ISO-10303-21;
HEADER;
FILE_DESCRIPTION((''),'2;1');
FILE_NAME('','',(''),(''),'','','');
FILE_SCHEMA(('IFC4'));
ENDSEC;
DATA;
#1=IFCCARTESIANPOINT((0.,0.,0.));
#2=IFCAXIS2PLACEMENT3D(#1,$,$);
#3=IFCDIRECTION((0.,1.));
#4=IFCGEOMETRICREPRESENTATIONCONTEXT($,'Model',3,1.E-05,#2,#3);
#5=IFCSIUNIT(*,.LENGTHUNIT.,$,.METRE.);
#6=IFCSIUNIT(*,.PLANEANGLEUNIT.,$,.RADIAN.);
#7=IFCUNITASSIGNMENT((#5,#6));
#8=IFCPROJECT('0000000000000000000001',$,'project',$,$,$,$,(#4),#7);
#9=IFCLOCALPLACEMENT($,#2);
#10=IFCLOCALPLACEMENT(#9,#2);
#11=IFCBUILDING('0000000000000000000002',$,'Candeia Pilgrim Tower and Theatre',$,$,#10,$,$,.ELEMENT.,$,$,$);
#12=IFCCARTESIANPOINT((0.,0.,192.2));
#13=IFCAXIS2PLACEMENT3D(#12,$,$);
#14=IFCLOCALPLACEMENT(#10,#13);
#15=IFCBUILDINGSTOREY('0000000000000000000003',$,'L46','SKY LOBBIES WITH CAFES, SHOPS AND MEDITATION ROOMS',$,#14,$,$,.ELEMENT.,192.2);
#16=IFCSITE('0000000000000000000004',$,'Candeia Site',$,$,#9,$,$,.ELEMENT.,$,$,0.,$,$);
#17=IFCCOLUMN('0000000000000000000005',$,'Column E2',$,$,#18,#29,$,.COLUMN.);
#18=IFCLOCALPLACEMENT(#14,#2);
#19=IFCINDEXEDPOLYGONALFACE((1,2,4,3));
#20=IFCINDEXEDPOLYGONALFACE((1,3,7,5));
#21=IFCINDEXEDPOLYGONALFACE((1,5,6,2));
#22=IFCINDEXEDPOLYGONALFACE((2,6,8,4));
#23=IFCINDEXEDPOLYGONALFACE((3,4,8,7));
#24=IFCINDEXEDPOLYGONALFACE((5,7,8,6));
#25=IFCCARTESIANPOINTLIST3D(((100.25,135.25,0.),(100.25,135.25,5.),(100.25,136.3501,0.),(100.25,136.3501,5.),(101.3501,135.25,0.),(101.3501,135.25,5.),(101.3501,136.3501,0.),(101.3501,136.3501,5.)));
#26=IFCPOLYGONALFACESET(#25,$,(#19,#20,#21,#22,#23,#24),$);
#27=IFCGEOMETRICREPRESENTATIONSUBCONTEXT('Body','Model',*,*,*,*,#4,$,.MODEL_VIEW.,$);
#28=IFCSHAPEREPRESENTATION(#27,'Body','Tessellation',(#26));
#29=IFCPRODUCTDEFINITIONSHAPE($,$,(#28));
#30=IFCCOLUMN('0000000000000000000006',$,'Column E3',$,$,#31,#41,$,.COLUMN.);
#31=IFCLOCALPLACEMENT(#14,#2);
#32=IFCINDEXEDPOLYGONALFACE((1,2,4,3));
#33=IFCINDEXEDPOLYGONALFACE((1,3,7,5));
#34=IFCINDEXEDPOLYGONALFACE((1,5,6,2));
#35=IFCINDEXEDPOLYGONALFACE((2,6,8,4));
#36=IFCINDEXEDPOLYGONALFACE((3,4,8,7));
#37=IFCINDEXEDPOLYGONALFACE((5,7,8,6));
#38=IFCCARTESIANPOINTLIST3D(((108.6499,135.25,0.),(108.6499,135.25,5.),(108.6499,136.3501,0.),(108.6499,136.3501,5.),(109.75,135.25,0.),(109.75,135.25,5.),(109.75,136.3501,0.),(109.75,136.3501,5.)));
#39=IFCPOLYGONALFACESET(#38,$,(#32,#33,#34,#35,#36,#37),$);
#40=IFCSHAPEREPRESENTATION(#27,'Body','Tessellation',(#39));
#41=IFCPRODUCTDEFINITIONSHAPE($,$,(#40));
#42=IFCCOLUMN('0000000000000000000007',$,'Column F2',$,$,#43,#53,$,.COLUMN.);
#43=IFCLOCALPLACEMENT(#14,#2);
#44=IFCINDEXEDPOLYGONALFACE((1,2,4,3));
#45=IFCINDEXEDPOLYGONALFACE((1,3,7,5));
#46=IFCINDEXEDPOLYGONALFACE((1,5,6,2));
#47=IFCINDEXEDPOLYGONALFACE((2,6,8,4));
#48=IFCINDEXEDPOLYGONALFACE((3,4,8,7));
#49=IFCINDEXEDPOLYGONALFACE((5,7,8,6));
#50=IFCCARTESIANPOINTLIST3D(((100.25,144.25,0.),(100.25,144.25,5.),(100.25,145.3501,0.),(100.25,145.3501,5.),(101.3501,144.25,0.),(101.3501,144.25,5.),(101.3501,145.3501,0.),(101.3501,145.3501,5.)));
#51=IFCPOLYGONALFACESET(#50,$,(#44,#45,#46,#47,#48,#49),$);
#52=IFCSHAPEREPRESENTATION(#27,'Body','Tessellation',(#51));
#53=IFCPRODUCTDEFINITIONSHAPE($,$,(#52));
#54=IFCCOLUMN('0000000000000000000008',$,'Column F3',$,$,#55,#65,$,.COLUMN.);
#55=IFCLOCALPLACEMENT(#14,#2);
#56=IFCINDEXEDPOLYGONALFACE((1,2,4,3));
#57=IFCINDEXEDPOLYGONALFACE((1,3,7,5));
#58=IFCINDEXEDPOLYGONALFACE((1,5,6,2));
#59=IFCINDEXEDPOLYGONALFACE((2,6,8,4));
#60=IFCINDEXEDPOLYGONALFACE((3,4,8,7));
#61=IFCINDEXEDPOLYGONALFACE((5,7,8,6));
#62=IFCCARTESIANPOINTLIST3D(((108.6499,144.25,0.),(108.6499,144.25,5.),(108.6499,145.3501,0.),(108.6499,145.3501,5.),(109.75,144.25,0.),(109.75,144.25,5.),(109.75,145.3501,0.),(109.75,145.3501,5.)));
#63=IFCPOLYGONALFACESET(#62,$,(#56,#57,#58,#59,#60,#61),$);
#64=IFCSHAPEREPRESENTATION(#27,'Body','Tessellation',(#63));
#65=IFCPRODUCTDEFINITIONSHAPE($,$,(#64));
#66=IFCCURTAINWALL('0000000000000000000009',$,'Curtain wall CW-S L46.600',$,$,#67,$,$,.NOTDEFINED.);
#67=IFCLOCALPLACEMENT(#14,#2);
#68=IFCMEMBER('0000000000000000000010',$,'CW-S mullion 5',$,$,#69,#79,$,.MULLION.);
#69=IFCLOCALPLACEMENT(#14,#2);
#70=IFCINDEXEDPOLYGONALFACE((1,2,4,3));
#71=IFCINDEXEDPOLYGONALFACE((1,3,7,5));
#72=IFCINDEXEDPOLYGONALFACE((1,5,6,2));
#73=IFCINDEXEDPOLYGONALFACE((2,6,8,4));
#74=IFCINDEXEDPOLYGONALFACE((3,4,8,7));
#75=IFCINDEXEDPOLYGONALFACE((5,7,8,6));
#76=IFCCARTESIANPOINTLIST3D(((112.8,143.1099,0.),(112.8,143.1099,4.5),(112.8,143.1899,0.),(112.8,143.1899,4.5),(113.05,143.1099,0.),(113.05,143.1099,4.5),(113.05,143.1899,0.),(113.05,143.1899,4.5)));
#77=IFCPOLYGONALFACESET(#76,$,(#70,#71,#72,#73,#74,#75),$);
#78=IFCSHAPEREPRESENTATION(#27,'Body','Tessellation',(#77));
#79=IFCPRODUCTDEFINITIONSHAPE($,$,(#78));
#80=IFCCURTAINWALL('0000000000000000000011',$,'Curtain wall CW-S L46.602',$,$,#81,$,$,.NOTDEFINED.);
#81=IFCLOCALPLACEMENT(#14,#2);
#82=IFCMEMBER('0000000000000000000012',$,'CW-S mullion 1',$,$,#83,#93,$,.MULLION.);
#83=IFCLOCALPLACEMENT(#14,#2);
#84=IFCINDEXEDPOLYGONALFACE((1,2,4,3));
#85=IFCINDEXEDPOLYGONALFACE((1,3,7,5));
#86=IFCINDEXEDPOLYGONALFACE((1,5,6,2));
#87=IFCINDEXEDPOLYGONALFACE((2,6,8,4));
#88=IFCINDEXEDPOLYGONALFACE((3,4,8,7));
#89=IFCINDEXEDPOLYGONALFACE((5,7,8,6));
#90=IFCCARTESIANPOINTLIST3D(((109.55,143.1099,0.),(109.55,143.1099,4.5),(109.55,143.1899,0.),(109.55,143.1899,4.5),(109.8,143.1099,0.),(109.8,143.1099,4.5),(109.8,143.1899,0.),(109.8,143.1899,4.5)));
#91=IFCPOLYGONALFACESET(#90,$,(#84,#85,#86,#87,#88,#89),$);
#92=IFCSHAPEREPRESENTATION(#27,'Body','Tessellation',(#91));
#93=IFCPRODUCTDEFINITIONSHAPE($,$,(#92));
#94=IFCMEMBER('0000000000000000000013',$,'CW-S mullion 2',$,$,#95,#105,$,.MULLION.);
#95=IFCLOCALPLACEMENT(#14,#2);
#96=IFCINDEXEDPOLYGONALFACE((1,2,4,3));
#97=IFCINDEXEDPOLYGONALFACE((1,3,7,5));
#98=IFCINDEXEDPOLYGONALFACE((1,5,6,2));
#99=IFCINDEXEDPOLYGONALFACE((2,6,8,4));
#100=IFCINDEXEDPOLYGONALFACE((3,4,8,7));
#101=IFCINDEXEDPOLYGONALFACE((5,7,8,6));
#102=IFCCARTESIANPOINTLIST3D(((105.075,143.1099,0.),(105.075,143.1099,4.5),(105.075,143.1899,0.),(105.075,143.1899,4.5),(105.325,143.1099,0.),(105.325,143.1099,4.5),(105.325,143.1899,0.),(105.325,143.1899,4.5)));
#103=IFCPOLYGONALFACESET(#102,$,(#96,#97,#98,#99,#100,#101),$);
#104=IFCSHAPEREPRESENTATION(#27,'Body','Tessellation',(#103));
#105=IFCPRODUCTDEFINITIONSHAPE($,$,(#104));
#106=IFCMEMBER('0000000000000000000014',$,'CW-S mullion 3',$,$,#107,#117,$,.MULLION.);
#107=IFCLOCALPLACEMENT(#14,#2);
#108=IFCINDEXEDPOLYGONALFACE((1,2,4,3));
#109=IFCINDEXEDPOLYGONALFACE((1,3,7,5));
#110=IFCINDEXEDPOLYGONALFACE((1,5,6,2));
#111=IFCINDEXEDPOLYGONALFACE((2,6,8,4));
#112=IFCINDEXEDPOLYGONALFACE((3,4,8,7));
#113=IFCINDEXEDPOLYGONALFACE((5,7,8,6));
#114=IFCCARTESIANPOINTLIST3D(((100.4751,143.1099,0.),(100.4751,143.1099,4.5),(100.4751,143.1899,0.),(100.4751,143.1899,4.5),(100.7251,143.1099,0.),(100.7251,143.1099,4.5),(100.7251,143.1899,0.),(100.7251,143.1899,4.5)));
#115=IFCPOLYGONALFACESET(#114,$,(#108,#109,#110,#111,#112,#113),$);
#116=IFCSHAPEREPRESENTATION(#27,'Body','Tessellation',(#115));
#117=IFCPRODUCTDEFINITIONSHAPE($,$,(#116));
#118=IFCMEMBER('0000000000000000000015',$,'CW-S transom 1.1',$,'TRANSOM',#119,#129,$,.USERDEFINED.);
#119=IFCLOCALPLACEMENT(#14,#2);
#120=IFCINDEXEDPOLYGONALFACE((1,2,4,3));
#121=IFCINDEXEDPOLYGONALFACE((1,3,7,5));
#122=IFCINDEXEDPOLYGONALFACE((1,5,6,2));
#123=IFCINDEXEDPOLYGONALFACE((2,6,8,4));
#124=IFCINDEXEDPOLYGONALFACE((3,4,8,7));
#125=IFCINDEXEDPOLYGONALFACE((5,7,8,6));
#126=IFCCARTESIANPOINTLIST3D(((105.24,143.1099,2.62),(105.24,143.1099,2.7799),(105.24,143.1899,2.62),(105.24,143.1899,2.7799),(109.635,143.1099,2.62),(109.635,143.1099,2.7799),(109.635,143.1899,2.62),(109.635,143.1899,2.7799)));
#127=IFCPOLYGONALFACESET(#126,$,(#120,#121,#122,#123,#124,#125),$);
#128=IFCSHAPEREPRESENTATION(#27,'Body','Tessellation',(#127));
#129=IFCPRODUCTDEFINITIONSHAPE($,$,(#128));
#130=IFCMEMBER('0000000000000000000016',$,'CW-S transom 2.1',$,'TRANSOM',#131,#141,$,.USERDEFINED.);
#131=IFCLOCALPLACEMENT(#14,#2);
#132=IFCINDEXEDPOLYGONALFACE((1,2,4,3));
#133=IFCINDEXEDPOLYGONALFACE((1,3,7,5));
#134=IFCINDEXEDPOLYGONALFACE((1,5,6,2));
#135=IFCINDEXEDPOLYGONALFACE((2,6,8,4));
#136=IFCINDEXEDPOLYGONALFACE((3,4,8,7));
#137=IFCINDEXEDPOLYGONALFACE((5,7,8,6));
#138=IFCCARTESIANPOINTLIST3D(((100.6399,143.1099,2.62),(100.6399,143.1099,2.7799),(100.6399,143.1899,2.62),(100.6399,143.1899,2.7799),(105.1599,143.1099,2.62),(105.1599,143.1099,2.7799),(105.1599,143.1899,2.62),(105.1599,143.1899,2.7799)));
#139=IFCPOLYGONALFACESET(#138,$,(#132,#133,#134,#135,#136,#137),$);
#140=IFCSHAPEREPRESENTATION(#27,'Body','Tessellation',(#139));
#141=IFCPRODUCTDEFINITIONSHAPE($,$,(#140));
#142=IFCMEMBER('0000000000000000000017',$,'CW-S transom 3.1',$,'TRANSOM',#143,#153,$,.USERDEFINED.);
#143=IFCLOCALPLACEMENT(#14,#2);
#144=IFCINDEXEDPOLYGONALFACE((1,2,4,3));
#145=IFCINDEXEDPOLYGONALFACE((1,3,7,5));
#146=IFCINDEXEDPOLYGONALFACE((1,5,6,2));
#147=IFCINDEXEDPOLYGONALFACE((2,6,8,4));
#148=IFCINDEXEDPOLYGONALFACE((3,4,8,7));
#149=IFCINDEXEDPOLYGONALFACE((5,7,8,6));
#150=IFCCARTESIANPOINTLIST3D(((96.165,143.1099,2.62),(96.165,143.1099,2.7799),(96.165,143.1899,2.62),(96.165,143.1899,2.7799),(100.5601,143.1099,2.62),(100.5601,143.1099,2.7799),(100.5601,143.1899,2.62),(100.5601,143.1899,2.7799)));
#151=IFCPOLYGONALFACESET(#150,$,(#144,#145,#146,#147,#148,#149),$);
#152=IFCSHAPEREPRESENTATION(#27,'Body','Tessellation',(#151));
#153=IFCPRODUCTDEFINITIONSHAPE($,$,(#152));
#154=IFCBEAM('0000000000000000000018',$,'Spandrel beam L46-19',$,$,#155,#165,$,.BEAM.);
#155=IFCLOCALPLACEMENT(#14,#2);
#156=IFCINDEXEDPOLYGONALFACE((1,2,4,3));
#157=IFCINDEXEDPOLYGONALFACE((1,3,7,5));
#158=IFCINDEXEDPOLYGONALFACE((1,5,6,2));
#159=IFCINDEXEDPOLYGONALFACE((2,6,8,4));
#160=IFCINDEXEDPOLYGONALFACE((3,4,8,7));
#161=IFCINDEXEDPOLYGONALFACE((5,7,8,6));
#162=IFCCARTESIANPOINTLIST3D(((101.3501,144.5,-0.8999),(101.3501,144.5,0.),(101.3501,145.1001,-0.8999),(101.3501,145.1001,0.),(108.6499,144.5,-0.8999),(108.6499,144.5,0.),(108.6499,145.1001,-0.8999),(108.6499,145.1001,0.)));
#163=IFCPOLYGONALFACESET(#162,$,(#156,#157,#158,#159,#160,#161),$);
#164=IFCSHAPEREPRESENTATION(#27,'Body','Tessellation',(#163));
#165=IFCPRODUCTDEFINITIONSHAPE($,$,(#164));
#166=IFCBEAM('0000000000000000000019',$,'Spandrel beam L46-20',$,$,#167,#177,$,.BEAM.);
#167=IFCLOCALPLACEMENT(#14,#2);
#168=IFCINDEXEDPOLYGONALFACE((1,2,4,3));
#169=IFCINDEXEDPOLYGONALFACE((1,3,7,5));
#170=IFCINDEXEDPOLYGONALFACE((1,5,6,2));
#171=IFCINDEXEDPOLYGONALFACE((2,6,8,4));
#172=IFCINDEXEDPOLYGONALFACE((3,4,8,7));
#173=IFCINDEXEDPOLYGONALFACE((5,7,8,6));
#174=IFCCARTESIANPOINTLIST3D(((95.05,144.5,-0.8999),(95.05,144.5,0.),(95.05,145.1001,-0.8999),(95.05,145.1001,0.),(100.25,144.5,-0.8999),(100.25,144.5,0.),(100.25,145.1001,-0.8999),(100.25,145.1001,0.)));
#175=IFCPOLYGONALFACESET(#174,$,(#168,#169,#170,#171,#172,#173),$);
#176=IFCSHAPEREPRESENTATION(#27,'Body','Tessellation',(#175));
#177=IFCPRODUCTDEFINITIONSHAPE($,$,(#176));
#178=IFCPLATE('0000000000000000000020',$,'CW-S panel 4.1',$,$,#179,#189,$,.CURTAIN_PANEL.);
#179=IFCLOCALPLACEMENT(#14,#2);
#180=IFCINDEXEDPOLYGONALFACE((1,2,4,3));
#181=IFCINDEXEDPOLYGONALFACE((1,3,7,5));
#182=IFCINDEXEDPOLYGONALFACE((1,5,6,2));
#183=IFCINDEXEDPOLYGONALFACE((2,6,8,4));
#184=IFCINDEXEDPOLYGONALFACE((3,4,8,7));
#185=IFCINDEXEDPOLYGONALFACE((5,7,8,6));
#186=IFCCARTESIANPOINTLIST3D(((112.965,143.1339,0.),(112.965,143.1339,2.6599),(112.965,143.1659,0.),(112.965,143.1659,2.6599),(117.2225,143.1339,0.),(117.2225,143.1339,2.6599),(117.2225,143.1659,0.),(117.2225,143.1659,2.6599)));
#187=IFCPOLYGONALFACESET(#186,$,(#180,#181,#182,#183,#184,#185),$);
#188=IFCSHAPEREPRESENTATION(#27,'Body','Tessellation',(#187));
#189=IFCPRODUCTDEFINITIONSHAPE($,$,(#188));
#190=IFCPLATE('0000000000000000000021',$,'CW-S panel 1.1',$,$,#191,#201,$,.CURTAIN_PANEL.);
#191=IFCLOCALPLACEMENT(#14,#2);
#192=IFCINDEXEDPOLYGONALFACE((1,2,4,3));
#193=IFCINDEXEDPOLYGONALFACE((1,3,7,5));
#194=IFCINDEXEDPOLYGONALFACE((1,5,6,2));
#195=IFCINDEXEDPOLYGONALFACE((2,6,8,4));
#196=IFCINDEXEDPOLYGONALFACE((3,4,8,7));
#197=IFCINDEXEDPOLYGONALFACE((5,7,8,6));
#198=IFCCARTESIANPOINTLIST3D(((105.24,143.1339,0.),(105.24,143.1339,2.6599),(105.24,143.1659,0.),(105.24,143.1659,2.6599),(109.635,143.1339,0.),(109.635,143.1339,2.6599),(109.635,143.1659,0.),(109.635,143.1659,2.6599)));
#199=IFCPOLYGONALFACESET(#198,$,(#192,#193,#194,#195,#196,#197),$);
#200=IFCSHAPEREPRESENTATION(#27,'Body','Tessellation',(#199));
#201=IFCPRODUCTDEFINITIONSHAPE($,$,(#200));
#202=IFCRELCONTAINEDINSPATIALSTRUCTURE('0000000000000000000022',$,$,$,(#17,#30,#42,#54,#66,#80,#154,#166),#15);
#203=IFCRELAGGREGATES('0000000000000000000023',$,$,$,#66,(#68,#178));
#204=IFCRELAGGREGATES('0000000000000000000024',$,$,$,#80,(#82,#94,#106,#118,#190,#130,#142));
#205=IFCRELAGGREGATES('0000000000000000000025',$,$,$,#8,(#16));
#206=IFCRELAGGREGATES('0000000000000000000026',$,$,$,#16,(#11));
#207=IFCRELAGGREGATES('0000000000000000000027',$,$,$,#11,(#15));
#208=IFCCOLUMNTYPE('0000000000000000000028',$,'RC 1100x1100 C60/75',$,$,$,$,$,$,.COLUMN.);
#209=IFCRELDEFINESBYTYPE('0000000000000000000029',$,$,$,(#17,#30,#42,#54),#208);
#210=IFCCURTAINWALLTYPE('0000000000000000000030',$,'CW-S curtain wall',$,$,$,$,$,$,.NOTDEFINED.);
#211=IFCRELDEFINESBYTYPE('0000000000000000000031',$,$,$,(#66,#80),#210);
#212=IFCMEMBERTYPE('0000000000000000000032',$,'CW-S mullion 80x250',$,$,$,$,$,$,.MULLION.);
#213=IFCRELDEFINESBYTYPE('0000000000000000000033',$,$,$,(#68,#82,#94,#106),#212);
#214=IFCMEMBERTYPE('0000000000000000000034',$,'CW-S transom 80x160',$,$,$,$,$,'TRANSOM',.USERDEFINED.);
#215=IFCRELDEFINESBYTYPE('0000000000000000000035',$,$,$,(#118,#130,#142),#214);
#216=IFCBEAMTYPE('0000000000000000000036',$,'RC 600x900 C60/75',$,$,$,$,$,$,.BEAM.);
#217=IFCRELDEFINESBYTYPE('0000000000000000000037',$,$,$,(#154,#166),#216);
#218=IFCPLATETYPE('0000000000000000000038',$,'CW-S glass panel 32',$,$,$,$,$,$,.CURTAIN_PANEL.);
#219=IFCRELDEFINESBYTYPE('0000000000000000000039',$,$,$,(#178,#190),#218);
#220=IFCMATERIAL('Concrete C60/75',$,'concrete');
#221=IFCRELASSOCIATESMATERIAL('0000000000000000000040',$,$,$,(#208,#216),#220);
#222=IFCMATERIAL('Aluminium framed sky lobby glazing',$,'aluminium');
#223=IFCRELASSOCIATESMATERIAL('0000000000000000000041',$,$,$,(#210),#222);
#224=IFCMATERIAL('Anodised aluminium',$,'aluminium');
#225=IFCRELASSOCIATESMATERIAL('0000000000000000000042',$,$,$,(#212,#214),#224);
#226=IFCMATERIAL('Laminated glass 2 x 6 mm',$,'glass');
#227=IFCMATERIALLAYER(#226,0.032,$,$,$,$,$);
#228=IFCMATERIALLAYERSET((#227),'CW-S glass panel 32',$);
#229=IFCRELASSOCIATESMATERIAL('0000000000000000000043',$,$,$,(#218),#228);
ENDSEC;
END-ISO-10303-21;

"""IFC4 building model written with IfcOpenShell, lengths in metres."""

from ifc_helpers import new_model, si_unit, direction, frame, origin, origin_2d, place, context, subcontext, project, spatial, rectangle, extrude, material, layer, layer_set, material_profile, profile_set, type_object, element, aggregate, save


model = new_model("IFC4")

# Units and contexts
model_context = context("Model", 3, precision=1e-05, world=origin(), true_north=direction((0.0, 1.0)))
body_context = subcontext(model_context, "Body", "Model", "MODEL_VIEW")
ifc_project = project(units=[si_unit("LENGTHUNIT", "METRE"), si_unit("PLANEANGLEUNIT", "RADIAN")], contexts=[model_context])

# Site, building, storey
site_placement = place(None, origin())
site = spatial("IfcSite", under=ifc_project, at=site_placement, Name="Candeia Site", CompositionType="ELEMENT", RefElevation=0.0)
building_placement = place(site_placement, origin())
building = spatial("IfcBuilding", under=site, at=building_placement, Name="Candeia Pilgrim Tower and Theatre", CompositionType="ELEMENT")
storey_placement = place(building_placement, frame((0.0, 0.0, 192.2)))
storey = spatial("IfcBuildingStorey", under=building, at=storey_placement, Name="L46", Description="SKY LOBBIES WITH CAFES, SHOPS AND MEDITATION ROOMS", CompositionType="ELEMENT", Elevation=192.2)

# Columns
ifc_material_1 = material(Name="Concrete C60/75", Category="concrete")
ifc_material_profile_1 = material_profile(ifc_material_1, rectangle(XDim=1.1001, YDim=1.1001, at=origin_2d()))
ifc_profile_set_1 = profile_set([ifc_material_profile_1], Name="Concrete C60/75")
column_type = type_object("IfcColumnType", Name="RC 1100x1100 C60/75", PredefinedType="COLUMN", material=ifc_profile_set_1)
for number, where, z_axis, x_axis, name in (
    (1, (100.8, 135.8, 0.0), (0.0, 0.0, 1.0), (1.0, 0.0, 0.0), "Column E2"),
    (2, (109.2, 135.8, 0.0), (0.0, 0.0, 1.0), (1.0, 0.0, 0.0), "Column E3"),
    (3, (100.8, 144.8, 0.0), (0.0, 0.0, 1.0), (1.0, 0.0, 0.0), "Column F2"),
    (4, (109.2, 144.8, 0.0), (0.0, 0.0, 1.0), (1.0, 0.0, 0.0), "Column F3"),
):
    element("IfcColumn", number, at=place(storey_placement, frame(where, z_axis=z_axis, x_axis=x_axis)), inside=storey, type_object=column_type, Name=name, PredefinedType="COLUMN", context=body_context, shape_type="SweptSolid", body=[
        extrude(rectangle(XDim=1.1001, YDim=1.1001, at=origin_2d()), origin(), (0.0, 0.0, 1.0), 5.0),
    ])

# Curtain wall, member
ifc_material_2 = material(Name="Aluminium framed sky lobby glazing", Category="aluminium")
curtain_wall_type = type_object("IfcCurtainWallType", Name="CW-S curtain wall", PredefinedType="NOTDEFINED", material=ifc_material_2)
curtain_wall_1_placement = place(storey_placement, origin())
curtain_wall_1 = element("IfcCurtainWall", 5, at=curtain_wall_1_placement, inside=storey, type_object=curtain_wall_type, Name="Curtain wall CW-S L46.600", PredefinedType="NOTDEFINED")
ifc_material_3 = material(Name="Anodised aluminium", Category="aluminium")
ifc_material_profile_2 = material_profile(ifc_material_3, rectangle(XDim=0.0801, YDim=0.25, at=origin_2d()))
ifc_profile_set_2 = profile_set([ifc_material_profile_2], Name="Anodised aluminium")
member_type_1 = type_object("IfcMemberType", Name="CW-S mullion 80x250", PredefinedType="MULLION", material=ifc_profile_set_2)
member_1_placement = place(storey_placement, frame((112.925, 143.1499, 0.0), z_axis=(0.0, 0.0, 1.0), x_axis=(0.0, -1.0, 0.0)))
member_1 = element("IfcMember", 6, at=member_1_placement, type_object=member_type_1, Name="CW-S mullion 5", PredefinedType="MULLION", context=body_context, shape_type="SweptSolid", body=[
    extrude(rectangle(XDim=0.0801, YDim=0.25, at=origin_2d()), origin(), (0.0, 0.0, 1.0), 4.5),
])

# Curtain wall, members
curtain_wall_2_placement = place(storey_placement, origin())
curtain_wall_2 = element("IfcCurtainWall", 7, at=curtain_wall_2_placement, inside=storey, type_object=curtain_wall_type, Name="Curtain wall CW-S L46.602", PredefinedType="NOTDEFINED")
member_2_placement = place(storey_placement, frame((109.675, 143.1499, 0.0), z_axis=(0.0, 0.0, 1.0), x_axis=(0.0, -1.0, 0.0)))
member_2 = element("IfcMember", 8, at=member_2_placement, type_object=member_type_1, Name="CW-S mullion 1", PredefinedType="MULLION", context=body_context, shape_type="SweptSolid", body=[
    extrude(rectangle(XDim=0.0801, YDim=0.25, at=origin_2d()), origin(), (0.0, 0.0, 1.0), 4.5),
])
member_3_placement = place(storey_placement, frame((105.2, 143.1499, 0.0), z_axis=(0.0, 0.0, 1.0), x_axis=(0.0, -1.0, 0.0)))
member_3 = element("IfcMember", 9, at=member_3_placement, type_object=member_type_1, Name="CW-S mullion 2", PredefinedType="MULLION", context=body_context, shape_type="SweptSolid", body=[
    extrude(rectangle(XDim=0.0801, YDim=0.25, at=origin_2d()), origin(), (0.0, 0.0, 1.0), 4.5),
])
member_4_placement = place(storey_placement, frame((100.6001, 143.1499, 0.0), z_axis=(0.0, 0.0, 1.0), x_axis=(0.0, -1.0, 0.0)))
member_4 = element("IfcMember", 10, at=member_4_placement, type_object=member_type_1, Name="CW-S mullion 3", PredefinedType="MULLION", context=body_context, shape_type="SweptSolid", body=[
    extrude(rectangle(XDim=0.0801, YDim=0.25, at=origin_2d()), origin(), (0.0, 0.0, 1.0), 4.5),
])
ifc_material_profile_3 = material_profile(ifc_material_3, rectangle(XDim=0.0801, YDim=0.1599, at=origin_2d()))
ifc_profile_set_3 = profile_set([ifc_material_profile_3], Name="Anodised aluminium")
member_type_2 = type_object("IfcMemberType", Name="CW-S transom 80x160", ElementType="TRANSOM", PredefinedType="USERDEFINED", material=ifc_profile_set_3)
member_5_placement = place(storey_placement, frame((109.635, 143.1499, 2.7), z_axis=(-1.0, 0.0, 0.0), x_axis=(0.0, -1.0, 0.0)))
member_5 = element("IfcMember", 11, at=member_5_placement, type_object=member_type_2, Name="CW-S transom 1.1", ObjectType="TRANSOM", PredefinedType="USERDEFINED", context=body_context, shape_type="SweptSolid", body=[
    extrude(rectangle(XDim=0.0801, YDim=0.1599, at=origin_2d()), origin(), (0.0, 0.0, 1.0), 4.395),
])
member_6_placement = place(storey_placement, frame((105.1599, 143.1499, 2.7), z_axis=(-1.0, 0.0, 0.0), x_axis=(0.0, -1.0, 0.0)))
member_6 = element("IfcMember", 12, at=member_6_placement, type_object=member_type_2, Name="CW-S transom 2.1", ObjectType="TRANSOM", PredefinedType="USERDEFINED", context=body_context, shape_type="SweptSolid", body=[
    extrude(rectangle(XDim=0.0801, YDim=0.1599, at=origin_2d()), origin(), (0.0, 0.0, 1.0), 4.52),
])
member_7_placement = place(storey_placement, frame((100.5601, 143.1499, 2.7), z_axis=(-1.0, 0.0, 0.0), x_axis=(0.0, -1.0, 0.0)))
member_7 = element("IfcMember", 13, at=member_7_placement, type_object=member_type_2, Name="CW-S transom 3.1", ObjectType="TRANSOM", PredefinedType="USERDEFINED", context=body_context, shape_type="SweptSolid", body=[
    extrude(rectangle(XDim=0.0801, YDim=0.1599, at=origin_2d()), origin(), (0.0, 0.0, 1.0), 4.395),
])

# Beams
ifc_material_profile_4 = material_profile(ifc_material_1, rectangle(XDim=0.6001, YDim=0.8999, at=origin_2d()))
ifc_profile_set_4 = profile_set([ifc_material_profile_4], Name="Concrete C60/75")
beam_type = type_object("IfcBeamType", Name="RC 600x900 C60/75", PredefinedType="BEAM", material=ifc_profile_set_4)
beam_1_placement = place(storey_placement, frame((108.6499, 144.8, -0.45), z_axis=(-1.0, 0.0, 0.0), x_axis=(0.0, -1.0, 0.0)))
element("IfcBeam", 14, at=beam_1_placement, inside=storey, type_object=beam_type, Name="Spandrel beam L46-19", PredefinedType="BEAM", context=body_context, shape_type="SweptSolid", body=[
    extrude(rectangle(XDim=0.6001, YDim=0.8999, at=origin_2d()), origin(), (0.0, 0.0, 1.0), 7.2998),
])
beam_2_placement = place(storey_placement, frame((100.25, 144.8, -0.45), z_axis=(-1.0, 0.0, 0.0), x_axis=(0.0, -1.0, 0.0)))
element("IfcBeam", 15, at=beam_2_placement, inside=storey, type_object=beam_type, Name="Spandrel beam L46-20", PredefinedType="BEAM", context=body_context, shape_type="SweptSolid", body=[
    extrude(rectangle(XDim=0.6001, YDim=0.8999, at=origin_2d()), origin(), (0.0, 0.0, 1.0), 5.2),
])

# Plates
ifc_material_4 = material(Name="Laminated glass 2 x 6 mm", Category="glass")
ifc_layer_1 = layer(ifc_material_4, 0.032)
ifc_layer_set_1 = layer_set([ifc_layer_1], Name="CW-S glass panel 32")
plate_type = type_object("IfcPlateType", Name="CW-S glass panel 32", PredefinedType="CURTAIN_PANEL", material=ifc_layer_set_1)
plate_1_placement = place(storey_placement, frame((115.0938, 143.1499, 0.0), z_axis=(0.0, 0.0, 1.0), x_axis=(-1.0, 0.0, 0.0)))
plate_1 = element("IfcPlate", 16, at=plate_1_placement, type_object=plate_type, Name="CW-S panel 4.1", PredefinedType="CURTAIN_PANEL", context=body_context, shape_type="SweptSolid", body=[
    extrude(rectangle(XDim=4.2576, YDim=0.032, at=origin_2d()), origin(), (0.0, 0.0, 1.0), 2.6599),
])
aggregate(curtain_wall_1, [member_1, plate_1])
plate_2_placement = place(storey_placement, frame((107.4375, 143.1499, 0.0), z_axis=(0.0, 0.0, 1.0), x_axis=(-1.0, 0.0, 0.0)))
plate_2 = element("IfcPlate", 17, at=plate_2_placement, type_object=plate_type, Name="CW-S panel 1.1", PredefinedType="CURTAIN_PANEL", context=body_context, shape_type="SweptSolid", body=[
    extrude(rectangle(XDim=4.395, YDim=0.032, at=origin_2d()), origin(), (0.0, 0.0, 1.0), 2.6599),
])
aggregate(curtain_wall_2, [member_2, member_3, member_4, member_5, plate_2, member_6, member_7])

save(model, "model.ifc")
